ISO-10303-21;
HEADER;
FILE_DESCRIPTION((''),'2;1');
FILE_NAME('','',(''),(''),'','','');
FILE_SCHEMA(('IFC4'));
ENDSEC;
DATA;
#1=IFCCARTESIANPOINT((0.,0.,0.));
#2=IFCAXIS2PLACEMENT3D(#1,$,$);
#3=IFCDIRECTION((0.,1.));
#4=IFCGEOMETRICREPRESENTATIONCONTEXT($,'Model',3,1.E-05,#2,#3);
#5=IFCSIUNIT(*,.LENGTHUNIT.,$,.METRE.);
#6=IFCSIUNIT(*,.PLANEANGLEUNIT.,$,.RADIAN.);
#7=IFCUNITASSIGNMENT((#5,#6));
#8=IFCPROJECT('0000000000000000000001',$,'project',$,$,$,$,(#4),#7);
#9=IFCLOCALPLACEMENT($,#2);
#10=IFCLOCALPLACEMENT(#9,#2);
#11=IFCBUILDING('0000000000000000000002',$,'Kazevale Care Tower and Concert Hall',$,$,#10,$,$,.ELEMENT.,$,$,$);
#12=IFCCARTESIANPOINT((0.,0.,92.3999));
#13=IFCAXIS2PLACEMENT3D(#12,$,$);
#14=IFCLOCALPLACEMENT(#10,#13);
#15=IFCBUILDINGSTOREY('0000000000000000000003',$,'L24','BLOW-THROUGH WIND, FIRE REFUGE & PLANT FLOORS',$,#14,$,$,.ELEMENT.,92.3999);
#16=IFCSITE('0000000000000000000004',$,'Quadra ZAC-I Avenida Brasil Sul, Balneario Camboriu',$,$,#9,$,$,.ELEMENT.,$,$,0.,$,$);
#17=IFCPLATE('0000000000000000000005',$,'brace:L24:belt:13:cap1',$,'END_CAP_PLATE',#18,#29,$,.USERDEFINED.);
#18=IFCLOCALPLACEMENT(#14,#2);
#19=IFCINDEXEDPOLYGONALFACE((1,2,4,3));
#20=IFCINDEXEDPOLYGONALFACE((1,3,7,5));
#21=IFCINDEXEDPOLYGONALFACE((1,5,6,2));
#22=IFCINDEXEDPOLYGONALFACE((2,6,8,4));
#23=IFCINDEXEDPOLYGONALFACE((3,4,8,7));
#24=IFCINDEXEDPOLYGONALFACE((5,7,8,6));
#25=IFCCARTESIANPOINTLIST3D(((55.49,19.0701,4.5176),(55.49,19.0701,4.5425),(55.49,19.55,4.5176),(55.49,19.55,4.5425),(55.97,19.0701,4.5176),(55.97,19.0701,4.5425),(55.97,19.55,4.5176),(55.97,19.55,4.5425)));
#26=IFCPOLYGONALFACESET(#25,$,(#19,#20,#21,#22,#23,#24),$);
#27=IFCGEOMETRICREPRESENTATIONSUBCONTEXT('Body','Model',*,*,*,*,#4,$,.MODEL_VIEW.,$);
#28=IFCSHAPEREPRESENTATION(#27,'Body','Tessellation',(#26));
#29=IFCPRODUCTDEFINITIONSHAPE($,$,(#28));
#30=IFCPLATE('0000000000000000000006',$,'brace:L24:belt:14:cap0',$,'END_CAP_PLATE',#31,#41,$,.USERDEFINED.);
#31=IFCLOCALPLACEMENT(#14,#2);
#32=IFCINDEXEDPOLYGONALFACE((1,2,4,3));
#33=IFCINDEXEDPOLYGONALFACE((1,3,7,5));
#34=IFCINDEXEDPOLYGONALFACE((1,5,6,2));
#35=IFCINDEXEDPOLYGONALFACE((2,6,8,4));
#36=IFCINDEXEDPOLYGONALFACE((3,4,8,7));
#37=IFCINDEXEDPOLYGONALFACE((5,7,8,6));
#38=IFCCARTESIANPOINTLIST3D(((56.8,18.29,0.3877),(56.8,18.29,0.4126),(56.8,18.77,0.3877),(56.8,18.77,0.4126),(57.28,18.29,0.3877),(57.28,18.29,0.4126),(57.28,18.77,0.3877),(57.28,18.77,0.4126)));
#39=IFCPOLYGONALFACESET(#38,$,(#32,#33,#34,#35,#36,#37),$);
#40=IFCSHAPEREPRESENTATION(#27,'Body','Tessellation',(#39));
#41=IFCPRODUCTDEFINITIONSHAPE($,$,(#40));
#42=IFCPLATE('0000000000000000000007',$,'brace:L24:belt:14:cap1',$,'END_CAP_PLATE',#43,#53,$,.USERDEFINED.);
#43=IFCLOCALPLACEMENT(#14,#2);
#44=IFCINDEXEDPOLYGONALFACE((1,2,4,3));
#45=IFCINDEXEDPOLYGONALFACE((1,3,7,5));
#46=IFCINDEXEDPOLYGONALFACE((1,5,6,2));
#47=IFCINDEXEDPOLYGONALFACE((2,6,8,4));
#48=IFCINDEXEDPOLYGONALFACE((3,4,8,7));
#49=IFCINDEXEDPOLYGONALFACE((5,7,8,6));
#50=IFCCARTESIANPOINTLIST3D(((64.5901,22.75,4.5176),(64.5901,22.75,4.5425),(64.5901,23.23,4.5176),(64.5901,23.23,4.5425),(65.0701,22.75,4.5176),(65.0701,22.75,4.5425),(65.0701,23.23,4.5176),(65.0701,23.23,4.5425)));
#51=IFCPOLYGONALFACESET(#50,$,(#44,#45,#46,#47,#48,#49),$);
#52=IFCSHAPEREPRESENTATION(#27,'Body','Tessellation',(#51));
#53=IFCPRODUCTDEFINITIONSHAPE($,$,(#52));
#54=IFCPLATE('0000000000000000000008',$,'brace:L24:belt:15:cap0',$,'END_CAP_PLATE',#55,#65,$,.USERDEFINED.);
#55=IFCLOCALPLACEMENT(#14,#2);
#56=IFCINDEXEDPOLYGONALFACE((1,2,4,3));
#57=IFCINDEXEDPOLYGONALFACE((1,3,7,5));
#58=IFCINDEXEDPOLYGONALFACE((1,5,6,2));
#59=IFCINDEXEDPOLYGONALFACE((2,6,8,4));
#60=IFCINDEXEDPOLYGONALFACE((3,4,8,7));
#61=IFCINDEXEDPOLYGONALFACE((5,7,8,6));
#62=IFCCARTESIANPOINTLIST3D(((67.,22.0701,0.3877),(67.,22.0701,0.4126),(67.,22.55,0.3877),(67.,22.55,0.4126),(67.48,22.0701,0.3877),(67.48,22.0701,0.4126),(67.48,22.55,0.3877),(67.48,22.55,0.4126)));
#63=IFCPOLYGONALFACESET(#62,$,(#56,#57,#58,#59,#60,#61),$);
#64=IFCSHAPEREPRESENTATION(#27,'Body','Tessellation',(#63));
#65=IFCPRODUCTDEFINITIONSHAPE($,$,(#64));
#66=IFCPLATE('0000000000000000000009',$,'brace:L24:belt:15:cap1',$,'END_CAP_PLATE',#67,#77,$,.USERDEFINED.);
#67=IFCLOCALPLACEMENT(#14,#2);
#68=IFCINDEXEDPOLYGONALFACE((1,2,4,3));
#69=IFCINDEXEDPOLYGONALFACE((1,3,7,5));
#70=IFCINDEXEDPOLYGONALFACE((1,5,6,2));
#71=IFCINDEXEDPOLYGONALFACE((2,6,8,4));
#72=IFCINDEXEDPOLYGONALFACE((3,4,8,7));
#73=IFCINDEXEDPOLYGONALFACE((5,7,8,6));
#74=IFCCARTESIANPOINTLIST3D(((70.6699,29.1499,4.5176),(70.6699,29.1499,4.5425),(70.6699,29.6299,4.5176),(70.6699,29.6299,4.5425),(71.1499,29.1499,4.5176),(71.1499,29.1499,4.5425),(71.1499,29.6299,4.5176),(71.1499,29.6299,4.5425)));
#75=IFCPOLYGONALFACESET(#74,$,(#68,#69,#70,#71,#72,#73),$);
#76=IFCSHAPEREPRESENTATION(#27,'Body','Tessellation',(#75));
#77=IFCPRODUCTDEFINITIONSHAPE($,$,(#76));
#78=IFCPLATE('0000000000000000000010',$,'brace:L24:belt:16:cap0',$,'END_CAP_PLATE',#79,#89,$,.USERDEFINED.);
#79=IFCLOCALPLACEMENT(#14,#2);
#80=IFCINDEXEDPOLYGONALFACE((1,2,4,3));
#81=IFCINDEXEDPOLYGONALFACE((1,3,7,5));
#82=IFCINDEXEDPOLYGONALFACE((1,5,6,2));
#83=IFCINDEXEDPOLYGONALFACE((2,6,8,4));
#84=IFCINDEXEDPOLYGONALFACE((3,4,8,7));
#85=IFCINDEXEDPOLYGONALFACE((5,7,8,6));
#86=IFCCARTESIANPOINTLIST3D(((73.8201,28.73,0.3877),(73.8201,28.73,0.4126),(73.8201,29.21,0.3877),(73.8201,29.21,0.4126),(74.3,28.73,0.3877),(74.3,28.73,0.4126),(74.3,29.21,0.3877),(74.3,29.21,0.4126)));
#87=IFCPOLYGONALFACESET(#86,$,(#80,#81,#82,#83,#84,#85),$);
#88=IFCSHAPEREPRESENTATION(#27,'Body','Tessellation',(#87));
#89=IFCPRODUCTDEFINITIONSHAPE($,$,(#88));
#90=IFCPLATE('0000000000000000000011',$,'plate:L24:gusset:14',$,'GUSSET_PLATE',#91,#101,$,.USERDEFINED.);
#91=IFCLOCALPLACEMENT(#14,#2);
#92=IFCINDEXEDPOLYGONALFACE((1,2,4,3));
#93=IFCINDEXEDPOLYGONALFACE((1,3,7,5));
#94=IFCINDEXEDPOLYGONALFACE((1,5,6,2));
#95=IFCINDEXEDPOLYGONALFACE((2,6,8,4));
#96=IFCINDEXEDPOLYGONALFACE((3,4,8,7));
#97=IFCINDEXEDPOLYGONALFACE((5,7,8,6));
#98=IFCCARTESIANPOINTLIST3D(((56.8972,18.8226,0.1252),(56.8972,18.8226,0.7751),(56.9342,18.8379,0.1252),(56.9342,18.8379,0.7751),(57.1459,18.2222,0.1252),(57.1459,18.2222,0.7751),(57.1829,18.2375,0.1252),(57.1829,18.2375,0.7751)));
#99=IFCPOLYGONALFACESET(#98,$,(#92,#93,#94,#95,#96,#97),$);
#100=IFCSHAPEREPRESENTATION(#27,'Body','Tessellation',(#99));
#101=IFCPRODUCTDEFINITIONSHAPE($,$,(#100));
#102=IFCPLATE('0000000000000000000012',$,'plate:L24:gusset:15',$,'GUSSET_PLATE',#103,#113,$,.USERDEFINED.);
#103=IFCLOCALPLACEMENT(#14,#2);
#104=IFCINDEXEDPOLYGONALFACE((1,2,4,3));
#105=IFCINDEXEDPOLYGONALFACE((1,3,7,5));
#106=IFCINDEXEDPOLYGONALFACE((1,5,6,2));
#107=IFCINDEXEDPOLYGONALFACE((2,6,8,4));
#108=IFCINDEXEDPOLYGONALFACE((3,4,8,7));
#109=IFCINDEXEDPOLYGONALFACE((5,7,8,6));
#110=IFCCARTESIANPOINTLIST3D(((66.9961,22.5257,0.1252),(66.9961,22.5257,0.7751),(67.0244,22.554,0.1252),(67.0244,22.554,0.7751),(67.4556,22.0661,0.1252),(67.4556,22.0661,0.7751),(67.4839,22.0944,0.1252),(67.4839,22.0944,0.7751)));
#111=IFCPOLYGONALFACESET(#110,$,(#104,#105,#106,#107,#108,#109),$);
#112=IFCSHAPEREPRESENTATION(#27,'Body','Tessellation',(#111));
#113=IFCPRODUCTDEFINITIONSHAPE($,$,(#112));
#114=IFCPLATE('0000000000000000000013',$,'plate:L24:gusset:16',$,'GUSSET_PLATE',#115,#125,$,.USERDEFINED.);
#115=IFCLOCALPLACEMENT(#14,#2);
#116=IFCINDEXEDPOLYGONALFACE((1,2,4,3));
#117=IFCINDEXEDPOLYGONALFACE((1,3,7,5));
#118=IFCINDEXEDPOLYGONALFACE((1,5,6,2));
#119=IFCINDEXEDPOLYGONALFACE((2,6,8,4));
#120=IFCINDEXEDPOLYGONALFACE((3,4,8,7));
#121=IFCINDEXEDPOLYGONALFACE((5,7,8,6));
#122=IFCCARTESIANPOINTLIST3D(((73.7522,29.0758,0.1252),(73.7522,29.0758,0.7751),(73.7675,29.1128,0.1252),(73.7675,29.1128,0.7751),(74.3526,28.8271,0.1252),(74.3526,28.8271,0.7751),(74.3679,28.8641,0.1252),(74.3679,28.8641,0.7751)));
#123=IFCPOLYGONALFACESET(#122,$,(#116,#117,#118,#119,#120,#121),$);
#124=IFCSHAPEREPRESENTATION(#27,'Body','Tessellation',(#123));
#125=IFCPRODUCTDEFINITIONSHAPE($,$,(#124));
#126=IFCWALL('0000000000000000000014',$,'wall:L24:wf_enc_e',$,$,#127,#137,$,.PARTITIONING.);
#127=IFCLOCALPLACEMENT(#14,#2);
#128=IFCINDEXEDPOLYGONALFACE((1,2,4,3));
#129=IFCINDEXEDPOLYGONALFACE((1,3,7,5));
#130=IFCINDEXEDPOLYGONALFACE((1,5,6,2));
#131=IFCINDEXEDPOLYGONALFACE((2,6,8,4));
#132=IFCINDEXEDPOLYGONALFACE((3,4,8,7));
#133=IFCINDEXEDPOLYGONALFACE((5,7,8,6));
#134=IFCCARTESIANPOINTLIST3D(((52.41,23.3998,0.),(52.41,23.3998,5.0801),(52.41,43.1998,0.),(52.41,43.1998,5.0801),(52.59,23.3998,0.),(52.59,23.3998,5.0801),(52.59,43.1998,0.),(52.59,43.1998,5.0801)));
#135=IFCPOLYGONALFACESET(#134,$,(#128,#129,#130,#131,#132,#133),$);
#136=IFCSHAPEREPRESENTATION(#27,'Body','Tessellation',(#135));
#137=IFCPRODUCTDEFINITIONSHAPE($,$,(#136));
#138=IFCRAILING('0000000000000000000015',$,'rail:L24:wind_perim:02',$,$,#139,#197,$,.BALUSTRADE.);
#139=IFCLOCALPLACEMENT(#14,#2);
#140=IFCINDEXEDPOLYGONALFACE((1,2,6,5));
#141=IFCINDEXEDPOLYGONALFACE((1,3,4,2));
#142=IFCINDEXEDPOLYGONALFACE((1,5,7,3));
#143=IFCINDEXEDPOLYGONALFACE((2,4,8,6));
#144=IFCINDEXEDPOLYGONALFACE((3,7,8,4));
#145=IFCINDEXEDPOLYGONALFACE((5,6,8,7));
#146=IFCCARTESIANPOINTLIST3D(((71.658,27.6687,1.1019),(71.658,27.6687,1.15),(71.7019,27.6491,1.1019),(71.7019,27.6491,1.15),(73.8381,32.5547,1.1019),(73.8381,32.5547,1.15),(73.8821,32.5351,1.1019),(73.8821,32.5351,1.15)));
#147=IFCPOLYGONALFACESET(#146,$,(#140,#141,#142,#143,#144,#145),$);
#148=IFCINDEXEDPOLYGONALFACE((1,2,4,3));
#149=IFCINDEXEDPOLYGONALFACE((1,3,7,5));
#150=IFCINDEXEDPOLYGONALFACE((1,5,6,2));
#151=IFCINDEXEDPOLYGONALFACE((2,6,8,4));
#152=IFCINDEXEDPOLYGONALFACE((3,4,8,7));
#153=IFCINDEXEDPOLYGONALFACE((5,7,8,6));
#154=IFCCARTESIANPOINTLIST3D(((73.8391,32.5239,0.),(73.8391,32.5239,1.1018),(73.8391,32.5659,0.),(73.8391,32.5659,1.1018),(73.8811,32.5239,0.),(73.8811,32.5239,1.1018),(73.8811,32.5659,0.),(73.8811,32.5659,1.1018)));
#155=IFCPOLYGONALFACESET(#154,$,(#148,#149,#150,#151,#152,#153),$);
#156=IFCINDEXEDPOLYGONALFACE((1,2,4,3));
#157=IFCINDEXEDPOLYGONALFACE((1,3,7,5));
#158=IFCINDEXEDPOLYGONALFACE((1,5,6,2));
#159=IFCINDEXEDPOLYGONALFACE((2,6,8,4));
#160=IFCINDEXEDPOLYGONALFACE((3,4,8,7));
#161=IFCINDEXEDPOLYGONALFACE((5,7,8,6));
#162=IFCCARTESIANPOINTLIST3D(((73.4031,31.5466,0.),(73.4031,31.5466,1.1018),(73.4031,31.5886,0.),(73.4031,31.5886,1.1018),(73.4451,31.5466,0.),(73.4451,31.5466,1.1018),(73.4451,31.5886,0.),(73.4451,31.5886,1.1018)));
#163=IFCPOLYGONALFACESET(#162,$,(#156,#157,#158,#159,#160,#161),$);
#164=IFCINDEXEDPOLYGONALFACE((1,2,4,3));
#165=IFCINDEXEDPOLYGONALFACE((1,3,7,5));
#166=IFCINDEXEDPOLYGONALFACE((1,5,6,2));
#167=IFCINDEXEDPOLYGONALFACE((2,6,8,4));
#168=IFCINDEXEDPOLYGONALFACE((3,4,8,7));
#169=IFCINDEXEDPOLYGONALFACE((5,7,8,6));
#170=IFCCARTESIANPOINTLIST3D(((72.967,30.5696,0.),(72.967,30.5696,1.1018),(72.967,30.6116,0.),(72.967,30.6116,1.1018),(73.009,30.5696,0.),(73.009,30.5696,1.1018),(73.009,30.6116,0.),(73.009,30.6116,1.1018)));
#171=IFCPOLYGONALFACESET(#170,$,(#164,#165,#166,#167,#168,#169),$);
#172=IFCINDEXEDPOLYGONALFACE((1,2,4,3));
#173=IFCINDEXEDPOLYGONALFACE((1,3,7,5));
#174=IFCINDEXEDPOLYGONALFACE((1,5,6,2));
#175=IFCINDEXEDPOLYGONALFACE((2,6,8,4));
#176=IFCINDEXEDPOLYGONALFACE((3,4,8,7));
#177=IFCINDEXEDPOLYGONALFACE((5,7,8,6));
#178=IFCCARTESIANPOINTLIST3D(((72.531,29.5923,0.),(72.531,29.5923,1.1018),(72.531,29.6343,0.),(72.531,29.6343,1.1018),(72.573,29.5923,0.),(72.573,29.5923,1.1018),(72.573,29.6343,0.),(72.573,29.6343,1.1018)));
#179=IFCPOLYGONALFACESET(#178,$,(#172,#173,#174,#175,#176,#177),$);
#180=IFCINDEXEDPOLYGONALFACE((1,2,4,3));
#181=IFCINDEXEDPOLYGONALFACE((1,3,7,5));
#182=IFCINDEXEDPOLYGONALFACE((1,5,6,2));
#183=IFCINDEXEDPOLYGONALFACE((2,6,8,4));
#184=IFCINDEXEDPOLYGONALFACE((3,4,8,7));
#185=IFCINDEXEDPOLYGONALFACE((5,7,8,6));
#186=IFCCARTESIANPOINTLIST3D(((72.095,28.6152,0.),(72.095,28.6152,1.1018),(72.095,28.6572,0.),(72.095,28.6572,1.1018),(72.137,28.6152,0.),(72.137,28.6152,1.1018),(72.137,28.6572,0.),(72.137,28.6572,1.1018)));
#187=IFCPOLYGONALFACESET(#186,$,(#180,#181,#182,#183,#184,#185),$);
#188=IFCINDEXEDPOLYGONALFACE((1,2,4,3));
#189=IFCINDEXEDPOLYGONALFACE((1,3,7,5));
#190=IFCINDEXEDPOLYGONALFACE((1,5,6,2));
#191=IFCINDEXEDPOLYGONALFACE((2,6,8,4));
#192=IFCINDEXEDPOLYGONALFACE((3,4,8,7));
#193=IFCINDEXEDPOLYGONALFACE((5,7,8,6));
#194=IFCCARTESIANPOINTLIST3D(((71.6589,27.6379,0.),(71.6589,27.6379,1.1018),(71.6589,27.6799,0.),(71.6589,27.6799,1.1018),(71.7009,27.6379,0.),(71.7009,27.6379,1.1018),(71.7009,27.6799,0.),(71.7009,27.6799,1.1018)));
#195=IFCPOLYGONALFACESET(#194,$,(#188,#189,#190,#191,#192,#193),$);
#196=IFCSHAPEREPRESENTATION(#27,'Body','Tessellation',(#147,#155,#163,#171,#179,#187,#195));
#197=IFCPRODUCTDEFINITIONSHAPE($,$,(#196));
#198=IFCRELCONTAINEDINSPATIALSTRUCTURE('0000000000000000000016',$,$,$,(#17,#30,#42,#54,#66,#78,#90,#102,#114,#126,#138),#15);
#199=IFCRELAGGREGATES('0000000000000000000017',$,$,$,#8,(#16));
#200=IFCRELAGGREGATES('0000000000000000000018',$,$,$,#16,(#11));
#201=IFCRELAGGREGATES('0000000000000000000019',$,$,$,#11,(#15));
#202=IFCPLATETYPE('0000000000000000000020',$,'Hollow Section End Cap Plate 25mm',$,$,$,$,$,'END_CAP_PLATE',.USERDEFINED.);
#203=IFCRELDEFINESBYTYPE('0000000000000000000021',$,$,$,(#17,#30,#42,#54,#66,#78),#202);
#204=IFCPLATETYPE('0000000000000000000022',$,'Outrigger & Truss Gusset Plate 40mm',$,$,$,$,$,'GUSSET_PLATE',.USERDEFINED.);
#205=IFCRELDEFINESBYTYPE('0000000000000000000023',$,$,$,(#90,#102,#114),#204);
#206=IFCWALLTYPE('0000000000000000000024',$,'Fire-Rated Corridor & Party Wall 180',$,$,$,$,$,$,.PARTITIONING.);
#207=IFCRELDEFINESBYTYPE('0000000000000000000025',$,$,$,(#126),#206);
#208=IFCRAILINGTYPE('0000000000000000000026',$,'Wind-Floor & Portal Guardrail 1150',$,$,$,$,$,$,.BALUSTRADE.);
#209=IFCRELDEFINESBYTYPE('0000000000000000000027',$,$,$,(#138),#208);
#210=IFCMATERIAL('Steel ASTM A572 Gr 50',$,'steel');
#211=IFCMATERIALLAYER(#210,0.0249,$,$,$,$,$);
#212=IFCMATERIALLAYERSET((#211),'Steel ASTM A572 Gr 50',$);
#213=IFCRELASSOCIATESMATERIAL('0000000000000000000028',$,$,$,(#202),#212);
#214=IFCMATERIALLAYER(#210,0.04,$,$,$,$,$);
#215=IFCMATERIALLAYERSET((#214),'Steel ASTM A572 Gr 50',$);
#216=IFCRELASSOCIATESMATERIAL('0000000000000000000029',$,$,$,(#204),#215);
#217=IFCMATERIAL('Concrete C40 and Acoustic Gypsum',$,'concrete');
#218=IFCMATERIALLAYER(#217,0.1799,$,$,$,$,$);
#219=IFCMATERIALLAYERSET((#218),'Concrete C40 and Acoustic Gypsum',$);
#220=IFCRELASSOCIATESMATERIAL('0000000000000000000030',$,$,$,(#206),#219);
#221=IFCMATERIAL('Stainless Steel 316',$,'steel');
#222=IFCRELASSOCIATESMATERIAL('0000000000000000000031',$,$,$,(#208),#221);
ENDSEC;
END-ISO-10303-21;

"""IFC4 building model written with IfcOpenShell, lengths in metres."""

from ifc_helpers import new_model, si_unit, direction, frame, frame_2d, origin, origin_2d, place, context, subcontext, project, spatial, rectangle, extrude, material, layer, layer_set, type_object, element, save


model = new_model("IFC4")

# Units and contexts
model_context = context("Model", 3, precision=1e-05, world=origin(), true_north=direction((0.0, 1.0)))
body_context = subcontext(model_context, "Body", "Model", "MODEL_VIEW")
ifc_project = project(units=[si_unit("LENGTHUNIT", "METRE"), si_unit("PLANEANGLEUNIT", "RADIAN")], contexts=[model_context])

# Site, building, storey
site_placement = place(None, origin())
site = spatial("IfcSite", under=ifc_project, at=site_placement, Name="Quadra ZAC-I Avenida Brasil Sul, Balneario Camboriu", CompositionType="ELEMENT", RefElevation=0.0)
building_placement = place(site_placement, origin())
building = spatial("IfcBuilding", under=site, at=building_placement, Name="Kazevale Care Tower and Concert Hall", CompositionType="ELEMENT")
storey_placement = place(building_placement, frame((0.0, 0.0, 92.3999)))
storey = spatial("IfcBuildingStorey", under=building, at=storey_placement, Name="L24", Description="BLOW-THROUGH WIND, FIRE REFUGE & PLANT FLOORS", CompositionType="ELEMENT", Elevation=92.3999)

# Shared definitions
ifc_material_1 = material(Name="Steel ASTM A572 Gr 50", Category="steel")

# Plates
ifc_layer_1 = layer(ifc_material_1, 0.0249)
ifc_layer_set_1 = layer_set([ifc_layer_1], Name="Steel ASTM A572 Gr 50")
plate_type_1 = type_object("IfcPlateType", Name="Hollow Section End Cap Plate 25mm", ElementType="END_CAP_PLATE", PredefinedType="USERDEFINED", material=ifc_layer_set_1)
for number, where, z_axis, x_axis, name in (
    (1, (55.73, 19.3101, 4.5176), (0.0, 0.0, 1.0), (1.0, 0.0, 0.0), "brace:L24:belt:13:cap1"),
    (2, (57.04, 18.53, 0.3877), (0.0, 0.0, 1.0), (1.0, 0.0, 0.0), "brace:L24:belt:14:cap0"),
    (3, (64.8301, 22.99, 4.5176), (0.0, 0.0, 1.0), (1.0, 0.0, 0.0), "brace:L24:belt:14:cap1"),
    (4, (67.24, 22.3101, 0.3877), (0.0, 0.0, 1.0), (1.0, 0.0, 0.0), "brace:L24:belt:15:cap0"),
    (5, (70.9099, 29.3899, 4.5176), (0.0, 0.0, 1.0), (1.0, 0.0, 0.0), "brace:L24:belt:15:cap1"),
    (6, (74.0601, 28.97, 0.3877), (0.0, 0.0, 1.0), (1.0, 0.0, 0.0), "brace:L24:belt:16:cap0"),
):
    element("IfcPlate", number, at=place(storey_placement, frame(where, z_axis=z_axis, x_axis=x_axis)), inside=storey, type_object=plate_type_1, Name=name, ObjectType="END_CAP_PLATE", PredefinedType="USERDEFINED", context=body_context, shape_type="SweptSolid", body=[
        extrude(rectangle(XDim=0.48, YDim=0.48, at=origin_2d()), origin(), (0.0, 0.0, 1.0), 0.0249),
    ])
ifc_layer_2 = layer(ifc_material_1, 0.04)
ifc_layer_set_2 = layer_set([ifc_layer_2], Name="Steel ASTM A572 Gr 50")
plate_type_2 = type_object("IfcPlateType", Name="Outrigger & Truss Gusset Plate 40mm", ElementType="GUSSET_PLATE", PredefinedType="USERDEFINED", material=ifc_layer_set_2)
for number, where, z_axis, x_axis, name in (
    (7, (57.04, 18.53, 0.1252), (0.0, 0.0, 1.0), (0.382683, -0.92388, 0.0), "plate:L24:gusset:14"),
    (8, (67.24, 22.3101, 0.1252), (0.0, 0.0, 1.0), (0.707107, -0.707107, 0.0), "plate:L24:gusset:15"),
    (9, (74.0601, 28.97, 0.1252), (0.0, 0.0, 1.0), (0.92388, -0.382683, 0.0), "plate:L24:gusset:16"),
):
    element("IfcPlate", number, at=place(storey_placement, frame(where, z_axis=z_axis, x_axis=x_axis)), inside=storey, type_object=plate_type_2, Name=name, ObjectType="GUSSET_PLATE", PredefinedType="USERDEFINED", context=body_context, shape_type="SweptSolid", body=[
        extrude(rectangle(XDim=0.6499, YDim=0.04, at=origin_2d()), origin(), (0.0, 0.0, 1.0), 0.6499),
    ])

# Wall
ifc_material_2 = material(Name="Concrete C40 and Acoustic Gypsum", Category="concrete")
ifc_layer_3 = layer(ifc_material_2, 0.1799)
ifc_layer_set_3 = layer_set([ifc_layer_3], Name="Concrete C40 and Acoustic Gypsum")
wall_type = type_object("IfcWallType", Name="Fire-Rated Corridor & Party Wall 180", PredefinedType="PARTITIONING", material=ifc_layer_set_3)
wall_placement = place(storey_placement, frame((52.5, 23.3999, 0.0), z_axis=(0.0, 0.0, 1.0), x_axis=(0.0, 1.0, 0.0)))
element("IfcWall", 10, at=wall_placement, inside=storey, type_object=wall_type, Name="wall:L24:wf_enc_e", PredefinedType="PARTITIONING", context=body_context, shape_type="SweptSolid", body=[
    extrude(rectangle(XDim=19.8, YDim=0.1799, at=frame_2d((9.8999, 0.0))), origin(), (0.0, 0.0, 1.0), 5.0801),
])

# Railing
ifc_material_3 = material(Name="Stainless Steel 316", Category="steel")
railing_type = type_object("IfcRailingType", Name="Wind-Floor & Portal Guardrail 1150", PredefinedType="BALUSTRADE", material=ifc_material_3)
railing_1_placement = place(storey_placement, frame((73.8601, 32.5449, 0.0)))
element("IfcRailing", 11, at=railing_1_placement, inside=storey, type_object=railing_type, Name="rail:L24:wind_perim:02", PredefinedType="BALUSTRADE", context=body_context, shape_type="SweptSolid", body=[
    extrude(rectangle(XDim=0.0481, YDim=0.0481, at=origin_2d()), frame((0.0, 0.0, 1.126), z_axis=(-0.407484, -0.913212, 0.0), x_axis=(0.913212, -0.407484, 0.0)), (0.0, 0.0, 1.0), 5.3503),
    extrude(rectangle(XDim=0.042, YDim=0.042, at=origin_2d()), origin(), (0.0, 0.0, 1.0), 1.1018),
    extrude(rectangle(XDim=0.042, YDim=0.042, at=origin_2d()), frame((-0.436, -0.9773, 0.0)), (0.0, 0.0, 1.0), 1.1018),
    extrude(rectangle(XDim=0.042, YDim=0.042, at=origin_2d()), frame((-0.8721, -1.9543, 0.0)), (0.0, 0.0, 1.0), 1.1018),
    extrude(rectangle(XDim=0.042, YDim=0.042, at=origin_2d()), frame((-1.3081, -2.9316, 0.0)), (0.0, 0.0, 1.0), 1.1018),
    extrude(rectangle(XDim=0.042, YDim=0.042, at=origin_2d()), frame((-1.7441, -3.9087, 0.0)), (0.0, 0.0, 1.0), 1.1018),
    extrude(rectangle(XDim=0.042, YDim=0.042, at=origin_2d()), frame((-2.1802, -4.886, 0.0)), (0.0, 0.0, 1.0), 1.1018),
])

save(model, "model.ifc")
